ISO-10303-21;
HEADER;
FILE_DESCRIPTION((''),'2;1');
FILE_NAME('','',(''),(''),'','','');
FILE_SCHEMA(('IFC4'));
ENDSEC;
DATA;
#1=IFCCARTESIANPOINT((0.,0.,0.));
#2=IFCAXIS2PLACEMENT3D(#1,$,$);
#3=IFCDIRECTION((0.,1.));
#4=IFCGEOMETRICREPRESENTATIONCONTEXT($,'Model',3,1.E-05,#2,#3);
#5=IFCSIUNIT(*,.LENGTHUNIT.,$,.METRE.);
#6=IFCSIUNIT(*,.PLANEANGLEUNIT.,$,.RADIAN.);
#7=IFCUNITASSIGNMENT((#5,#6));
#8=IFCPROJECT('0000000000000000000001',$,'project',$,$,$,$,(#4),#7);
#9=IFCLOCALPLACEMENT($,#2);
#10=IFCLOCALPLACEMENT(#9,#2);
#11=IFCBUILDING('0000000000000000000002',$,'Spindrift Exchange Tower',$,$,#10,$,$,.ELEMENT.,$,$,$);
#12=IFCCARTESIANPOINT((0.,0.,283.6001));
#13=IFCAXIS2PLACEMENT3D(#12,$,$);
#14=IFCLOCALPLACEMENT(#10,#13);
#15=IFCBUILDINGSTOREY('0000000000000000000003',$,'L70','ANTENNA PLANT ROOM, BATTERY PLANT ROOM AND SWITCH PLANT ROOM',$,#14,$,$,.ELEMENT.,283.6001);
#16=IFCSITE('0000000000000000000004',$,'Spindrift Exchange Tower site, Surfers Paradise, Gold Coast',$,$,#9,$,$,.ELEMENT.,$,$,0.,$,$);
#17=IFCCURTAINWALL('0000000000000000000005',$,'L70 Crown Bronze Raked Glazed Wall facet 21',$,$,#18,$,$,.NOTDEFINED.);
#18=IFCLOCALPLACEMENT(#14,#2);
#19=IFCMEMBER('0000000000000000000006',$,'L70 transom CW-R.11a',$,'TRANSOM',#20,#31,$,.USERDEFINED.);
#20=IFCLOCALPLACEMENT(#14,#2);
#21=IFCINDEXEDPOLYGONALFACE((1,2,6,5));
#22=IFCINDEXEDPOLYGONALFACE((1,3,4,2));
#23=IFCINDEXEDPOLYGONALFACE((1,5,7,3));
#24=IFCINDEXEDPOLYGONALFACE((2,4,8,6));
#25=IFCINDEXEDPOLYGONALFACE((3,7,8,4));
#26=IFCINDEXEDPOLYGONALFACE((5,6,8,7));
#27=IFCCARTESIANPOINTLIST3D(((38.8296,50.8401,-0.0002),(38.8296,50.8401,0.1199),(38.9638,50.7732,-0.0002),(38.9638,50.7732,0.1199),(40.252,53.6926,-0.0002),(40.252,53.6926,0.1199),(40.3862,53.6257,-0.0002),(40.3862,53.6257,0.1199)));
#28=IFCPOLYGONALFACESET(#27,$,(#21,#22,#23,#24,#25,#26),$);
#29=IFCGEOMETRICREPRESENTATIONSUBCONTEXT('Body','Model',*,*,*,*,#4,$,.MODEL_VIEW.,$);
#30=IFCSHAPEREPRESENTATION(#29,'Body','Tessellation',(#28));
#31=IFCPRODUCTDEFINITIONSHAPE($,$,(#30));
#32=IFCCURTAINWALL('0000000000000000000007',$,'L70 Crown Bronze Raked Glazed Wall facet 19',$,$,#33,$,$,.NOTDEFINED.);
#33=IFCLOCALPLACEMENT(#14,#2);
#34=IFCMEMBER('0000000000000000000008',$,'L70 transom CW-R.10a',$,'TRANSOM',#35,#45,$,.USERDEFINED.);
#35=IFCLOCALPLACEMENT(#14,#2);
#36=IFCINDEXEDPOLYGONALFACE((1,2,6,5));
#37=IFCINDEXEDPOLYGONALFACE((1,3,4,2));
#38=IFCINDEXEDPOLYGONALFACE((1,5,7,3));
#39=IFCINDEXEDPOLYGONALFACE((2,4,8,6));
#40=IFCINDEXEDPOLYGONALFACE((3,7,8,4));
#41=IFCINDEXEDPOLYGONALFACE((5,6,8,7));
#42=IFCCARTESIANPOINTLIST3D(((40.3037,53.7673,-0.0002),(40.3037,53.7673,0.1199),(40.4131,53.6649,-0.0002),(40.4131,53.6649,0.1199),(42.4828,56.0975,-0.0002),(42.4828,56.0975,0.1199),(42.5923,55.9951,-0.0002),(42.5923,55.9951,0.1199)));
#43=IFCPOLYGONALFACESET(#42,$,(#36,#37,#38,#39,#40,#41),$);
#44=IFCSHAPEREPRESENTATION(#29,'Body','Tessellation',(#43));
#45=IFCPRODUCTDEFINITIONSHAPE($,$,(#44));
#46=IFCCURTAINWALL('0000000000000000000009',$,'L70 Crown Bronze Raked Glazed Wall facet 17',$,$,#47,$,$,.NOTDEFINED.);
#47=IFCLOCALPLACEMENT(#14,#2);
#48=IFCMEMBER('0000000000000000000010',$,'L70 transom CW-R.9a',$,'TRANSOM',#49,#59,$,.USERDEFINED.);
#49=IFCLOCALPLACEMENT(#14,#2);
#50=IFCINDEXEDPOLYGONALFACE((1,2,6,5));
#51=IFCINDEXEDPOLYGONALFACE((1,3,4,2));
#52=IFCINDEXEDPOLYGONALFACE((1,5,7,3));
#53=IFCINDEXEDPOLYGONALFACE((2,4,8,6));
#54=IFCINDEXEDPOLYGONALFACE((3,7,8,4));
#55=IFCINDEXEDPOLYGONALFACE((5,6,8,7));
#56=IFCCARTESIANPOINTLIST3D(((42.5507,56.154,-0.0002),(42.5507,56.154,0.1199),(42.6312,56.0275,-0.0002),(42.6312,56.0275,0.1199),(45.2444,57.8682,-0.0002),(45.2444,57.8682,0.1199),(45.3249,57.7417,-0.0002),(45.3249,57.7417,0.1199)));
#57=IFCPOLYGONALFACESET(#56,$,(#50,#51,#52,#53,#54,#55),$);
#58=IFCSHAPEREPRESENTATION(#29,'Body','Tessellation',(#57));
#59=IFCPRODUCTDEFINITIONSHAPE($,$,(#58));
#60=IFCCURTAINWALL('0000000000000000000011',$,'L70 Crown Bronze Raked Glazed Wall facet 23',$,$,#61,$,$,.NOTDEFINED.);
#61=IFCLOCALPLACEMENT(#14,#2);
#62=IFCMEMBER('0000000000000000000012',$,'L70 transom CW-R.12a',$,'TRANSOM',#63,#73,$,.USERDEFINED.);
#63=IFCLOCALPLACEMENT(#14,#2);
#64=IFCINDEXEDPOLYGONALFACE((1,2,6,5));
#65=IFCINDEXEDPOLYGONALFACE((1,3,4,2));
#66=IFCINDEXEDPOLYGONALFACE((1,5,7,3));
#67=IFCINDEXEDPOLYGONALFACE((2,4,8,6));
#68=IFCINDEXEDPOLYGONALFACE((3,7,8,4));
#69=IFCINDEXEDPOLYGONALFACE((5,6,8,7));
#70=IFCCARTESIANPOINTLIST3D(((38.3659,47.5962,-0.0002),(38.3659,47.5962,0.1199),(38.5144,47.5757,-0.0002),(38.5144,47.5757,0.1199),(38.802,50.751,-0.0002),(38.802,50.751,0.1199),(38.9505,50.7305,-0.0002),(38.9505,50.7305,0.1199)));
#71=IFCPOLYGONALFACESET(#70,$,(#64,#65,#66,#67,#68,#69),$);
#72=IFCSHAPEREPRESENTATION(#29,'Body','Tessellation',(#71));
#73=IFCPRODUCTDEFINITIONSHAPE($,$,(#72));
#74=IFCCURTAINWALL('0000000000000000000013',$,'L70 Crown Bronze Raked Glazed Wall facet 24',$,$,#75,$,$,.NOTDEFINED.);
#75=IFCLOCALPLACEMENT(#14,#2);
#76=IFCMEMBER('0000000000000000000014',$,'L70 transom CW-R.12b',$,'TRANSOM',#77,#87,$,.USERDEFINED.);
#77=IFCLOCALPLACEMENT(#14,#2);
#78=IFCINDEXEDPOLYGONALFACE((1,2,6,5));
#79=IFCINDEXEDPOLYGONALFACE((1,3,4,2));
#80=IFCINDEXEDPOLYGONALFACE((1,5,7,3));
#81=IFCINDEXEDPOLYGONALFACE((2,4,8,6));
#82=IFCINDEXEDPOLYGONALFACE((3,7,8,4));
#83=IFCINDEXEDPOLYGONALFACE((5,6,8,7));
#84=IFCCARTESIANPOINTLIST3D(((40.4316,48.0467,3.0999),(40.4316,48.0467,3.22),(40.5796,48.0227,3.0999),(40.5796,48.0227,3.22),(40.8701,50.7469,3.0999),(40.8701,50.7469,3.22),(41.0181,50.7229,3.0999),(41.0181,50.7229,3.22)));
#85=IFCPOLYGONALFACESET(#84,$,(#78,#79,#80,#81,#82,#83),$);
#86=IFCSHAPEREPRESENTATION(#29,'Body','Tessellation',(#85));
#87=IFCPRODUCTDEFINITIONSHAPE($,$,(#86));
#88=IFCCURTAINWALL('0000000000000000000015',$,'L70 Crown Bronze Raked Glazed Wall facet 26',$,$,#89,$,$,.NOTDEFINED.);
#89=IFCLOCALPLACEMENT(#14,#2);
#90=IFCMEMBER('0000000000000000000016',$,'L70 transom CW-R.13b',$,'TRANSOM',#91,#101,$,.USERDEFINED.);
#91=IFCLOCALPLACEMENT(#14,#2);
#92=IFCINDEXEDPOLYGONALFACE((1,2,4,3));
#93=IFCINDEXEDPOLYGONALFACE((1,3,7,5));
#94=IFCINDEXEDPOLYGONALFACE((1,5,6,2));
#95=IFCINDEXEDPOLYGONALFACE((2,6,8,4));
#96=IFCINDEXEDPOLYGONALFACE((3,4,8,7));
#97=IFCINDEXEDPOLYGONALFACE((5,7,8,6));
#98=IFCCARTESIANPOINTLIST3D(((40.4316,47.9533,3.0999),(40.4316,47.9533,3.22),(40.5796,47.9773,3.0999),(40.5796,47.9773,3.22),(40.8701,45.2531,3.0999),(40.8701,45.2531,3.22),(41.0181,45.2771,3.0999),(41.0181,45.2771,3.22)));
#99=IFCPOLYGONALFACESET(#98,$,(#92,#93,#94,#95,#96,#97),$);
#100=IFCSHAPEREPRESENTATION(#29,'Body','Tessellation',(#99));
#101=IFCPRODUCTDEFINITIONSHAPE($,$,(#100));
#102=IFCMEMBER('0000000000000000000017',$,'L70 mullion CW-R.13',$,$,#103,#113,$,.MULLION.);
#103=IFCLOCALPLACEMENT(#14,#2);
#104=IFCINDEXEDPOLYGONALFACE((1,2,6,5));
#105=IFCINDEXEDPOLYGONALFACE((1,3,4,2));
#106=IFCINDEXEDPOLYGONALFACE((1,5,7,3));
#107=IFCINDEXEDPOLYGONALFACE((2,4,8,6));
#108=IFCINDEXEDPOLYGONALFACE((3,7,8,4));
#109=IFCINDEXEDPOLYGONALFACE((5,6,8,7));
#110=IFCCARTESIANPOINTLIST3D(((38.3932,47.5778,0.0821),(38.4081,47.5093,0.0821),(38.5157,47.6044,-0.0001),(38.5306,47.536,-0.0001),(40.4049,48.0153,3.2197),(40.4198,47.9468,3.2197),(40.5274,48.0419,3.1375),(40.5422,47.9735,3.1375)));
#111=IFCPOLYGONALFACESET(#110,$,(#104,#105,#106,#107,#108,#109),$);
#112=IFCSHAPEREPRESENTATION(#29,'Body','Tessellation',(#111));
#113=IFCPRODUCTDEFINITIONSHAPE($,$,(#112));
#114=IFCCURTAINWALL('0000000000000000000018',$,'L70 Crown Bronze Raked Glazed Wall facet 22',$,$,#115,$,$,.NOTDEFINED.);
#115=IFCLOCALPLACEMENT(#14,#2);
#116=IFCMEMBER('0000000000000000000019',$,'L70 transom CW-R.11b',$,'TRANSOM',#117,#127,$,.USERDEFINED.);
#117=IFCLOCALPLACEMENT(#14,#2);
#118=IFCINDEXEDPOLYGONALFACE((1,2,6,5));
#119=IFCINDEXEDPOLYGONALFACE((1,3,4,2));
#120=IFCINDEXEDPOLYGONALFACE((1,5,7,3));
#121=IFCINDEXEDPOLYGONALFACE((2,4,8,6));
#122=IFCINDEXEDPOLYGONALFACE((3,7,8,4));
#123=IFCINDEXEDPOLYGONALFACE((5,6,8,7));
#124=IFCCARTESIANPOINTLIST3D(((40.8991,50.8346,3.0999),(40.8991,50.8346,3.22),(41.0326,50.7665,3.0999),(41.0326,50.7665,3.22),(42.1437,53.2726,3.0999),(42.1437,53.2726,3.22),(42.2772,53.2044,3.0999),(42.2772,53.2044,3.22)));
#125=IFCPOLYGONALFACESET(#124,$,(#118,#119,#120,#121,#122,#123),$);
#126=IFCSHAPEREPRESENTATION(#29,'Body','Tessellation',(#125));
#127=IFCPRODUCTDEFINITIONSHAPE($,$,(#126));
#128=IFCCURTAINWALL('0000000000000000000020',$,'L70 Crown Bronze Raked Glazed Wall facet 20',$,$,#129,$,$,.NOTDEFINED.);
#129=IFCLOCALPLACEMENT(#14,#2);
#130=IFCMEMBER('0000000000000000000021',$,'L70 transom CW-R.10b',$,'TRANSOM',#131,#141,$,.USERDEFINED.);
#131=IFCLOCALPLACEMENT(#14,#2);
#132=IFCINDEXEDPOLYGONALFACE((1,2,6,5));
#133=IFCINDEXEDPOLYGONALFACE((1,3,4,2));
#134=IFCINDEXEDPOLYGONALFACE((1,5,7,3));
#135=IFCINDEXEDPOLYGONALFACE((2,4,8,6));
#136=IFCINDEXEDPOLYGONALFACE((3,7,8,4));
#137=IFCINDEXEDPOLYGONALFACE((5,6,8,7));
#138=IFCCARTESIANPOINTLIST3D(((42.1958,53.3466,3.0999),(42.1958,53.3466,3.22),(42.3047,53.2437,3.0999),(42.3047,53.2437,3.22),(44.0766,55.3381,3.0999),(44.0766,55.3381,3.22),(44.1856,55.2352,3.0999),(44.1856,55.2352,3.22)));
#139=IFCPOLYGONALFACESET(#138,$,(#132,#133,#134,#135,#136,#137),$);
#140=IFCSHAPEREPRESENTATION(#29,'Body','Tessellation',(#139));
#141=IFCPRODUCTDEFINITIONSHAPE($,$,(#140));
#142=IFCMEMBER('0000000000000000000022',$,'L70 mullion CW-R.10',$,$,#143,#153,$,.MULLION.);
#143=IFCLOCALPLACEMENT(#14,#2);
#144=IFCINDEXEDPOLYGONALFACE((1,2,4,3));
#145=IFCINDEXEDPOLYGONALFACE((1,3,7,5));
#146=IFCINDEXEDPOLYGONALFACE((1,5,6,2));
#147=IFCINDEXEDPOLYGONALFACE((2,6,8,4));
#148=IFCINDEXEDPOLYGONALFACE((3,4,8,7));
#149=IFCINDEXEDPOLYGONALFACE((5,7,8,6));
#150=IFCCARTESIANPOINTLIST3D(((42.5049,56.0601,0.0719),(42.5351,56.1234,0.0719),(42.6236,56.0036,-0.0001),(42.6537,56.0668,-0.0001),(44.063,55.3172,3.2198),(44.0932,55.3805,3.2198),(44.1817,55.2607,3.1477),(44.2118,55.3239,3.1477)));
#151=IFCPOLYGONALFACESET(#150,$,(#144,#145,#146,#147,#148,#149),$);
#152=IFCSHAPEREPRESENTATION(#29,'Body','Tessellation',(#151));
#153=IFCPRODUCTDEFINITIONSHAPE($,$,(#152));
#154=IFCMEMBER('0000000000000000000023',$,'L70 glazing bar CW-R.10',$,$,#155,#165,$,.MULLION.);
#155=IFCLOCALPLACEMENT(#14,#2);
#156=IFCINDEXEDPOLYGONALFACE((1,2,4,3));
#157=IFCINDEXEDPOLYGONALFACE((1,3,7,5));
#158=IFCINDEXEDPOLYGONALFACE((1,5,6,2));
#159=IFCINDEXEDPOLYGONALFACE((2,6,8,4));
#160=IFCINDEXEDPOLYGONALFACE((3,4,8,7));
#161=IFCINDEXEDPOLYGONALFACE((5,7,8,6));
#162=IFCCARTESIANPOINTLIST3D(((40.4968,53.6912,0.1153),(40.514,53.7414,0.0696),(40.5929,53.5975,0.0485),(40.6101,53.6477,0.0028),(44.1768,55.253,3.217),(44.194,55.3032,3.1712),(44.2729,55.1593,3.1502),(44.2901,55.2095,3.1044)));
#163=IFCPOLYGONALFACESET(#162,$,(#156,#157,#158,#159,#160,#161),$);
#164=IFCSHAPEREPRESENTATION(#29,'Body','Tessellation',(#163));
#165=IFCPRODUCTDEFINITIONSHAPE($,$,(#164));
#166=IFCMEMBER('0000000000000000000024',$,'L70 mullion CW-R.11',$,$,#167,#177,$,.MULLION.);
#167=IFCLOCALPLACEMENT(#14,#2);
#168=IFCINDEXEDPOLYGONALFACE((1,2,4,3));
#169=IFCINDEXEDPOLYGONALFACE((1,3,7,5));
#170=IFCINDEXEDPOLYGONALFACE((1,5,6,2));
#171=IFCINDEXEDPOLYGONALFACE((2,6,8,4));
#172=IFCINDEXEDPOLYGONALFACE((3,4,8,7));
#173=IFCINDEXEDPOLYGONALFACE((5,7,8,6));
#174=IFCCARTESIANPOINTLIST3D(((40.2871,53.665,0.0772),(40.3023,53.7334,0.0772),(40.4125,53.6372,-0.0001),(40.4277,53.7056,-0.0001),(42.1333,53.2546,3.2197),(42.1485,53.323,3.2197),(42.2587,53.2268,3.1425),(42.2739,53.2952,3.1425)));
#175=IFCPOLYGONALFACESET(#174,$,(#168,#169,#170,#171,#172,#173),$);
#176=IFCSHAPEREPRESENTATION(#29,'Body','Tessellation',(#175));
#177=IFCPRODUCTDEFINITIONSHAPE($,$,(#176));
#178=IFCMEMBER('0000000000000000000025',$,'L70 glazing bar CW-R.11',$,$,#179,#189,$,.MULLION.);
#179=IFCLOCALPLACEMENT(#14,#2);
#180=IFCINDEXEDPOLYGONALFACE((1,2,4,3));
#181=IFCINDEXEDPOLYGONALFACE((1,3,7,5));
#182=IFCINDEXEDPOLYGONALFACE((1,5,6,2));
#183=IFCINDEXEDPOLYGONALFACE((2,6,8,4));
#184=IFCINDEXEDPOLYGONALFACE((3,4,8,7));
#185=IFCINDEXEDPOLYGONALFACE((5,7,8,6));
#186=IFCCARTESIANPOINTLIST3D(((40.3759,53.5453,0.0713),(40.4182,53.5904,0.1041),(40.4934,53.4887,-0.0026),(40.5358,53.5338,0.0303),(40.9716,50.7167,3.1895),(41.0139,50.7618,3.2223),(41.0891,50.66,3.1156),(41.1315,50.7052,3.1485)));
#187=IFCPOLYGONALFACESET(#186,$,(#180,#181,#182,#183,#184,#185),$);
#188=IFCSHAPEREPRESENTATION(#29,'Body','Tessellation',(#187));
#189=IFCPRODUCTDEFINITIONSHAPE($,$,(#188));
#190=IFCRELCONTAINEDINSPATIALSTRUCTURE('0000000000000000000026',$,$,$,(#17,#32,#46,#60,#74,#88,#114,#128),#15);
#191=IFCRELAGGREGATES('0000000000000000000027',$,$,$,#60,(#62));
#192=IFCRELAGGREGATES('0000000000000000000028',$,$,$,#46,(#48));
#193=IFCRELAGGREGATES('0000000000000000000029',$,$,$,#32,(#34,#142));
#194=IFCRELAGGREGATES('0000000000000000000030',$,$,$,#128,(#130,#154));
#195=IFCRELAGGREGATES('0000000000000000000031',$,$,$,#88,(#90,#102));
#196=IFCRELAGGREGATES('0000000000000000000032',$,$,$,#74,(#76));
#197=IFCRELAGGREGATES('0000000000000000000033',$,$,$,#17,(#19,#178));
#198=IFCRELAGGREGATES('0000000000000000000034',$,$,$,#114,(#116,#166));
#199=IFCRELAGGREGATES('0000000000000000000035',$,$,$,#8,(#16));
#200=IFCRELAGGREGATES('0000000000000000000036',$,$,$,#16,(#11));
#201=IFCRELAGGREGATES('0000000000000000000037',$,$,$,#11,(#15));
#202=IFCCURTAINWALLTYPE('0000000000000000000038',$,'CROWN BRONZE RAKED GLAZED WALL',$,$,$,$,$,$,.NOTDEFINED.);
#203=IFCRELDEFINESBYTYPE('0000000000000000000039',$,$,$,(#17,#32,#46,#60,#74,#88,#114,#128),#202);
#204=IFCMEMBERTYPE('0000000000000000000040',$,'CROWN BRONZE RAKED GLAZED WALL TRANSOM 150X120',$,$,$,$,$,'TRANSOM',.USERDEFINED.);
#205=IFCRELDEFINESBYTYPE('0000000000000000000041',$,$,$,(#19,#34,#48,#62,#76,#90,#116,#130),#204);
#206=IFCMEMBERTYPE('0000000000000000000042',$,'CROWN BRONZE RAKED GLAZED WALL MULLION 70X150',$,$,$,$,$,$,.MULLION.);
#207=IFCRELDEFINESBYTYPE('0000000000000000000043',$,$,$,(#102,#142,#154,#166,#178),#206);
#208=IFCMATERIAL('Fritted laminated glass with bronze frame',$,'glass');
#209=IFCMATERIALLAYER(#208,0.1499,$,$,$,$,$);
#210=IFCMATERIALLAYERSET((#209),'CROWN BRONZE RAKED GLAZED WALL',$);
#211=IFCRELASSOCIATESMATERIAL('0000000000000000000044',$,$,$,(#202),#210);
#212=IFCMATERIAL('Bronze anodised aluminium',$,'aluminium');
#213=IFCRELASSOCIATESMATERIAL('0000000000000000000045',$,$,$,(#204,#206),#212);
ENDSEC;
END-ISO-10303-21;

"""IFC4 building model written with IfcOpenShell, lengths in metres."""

from ifc_helpers import new_model, si_unit, direction, frame, origin, origin_2d, place, context, subcontext, project, spatial, rectangle, extrude, source, transform, mapped, material, layer, layer_set, material_profile, profile_set, type_object, element, aggregate, save


model = new_model("IFC4")

# Units and contexts
model_context = context("Model", 3, precision=1e-05, world=origin(), true_north=direction((0.0, 1.0)))
body_context = subcontext(model_context, "Body", "Model", "MODEL_VIEW")
ifc_project = project(units=[si_unit("LENGTHUNIT", "METRE"), si_unit("PLANEANGLEUNIT", "RADIAN")], contexts=[model_context])

# Site, building, storey
site_placement = place(None, origin())
site = spatial("IfcSite", under=ifc_project, at=site_placement, Name="Spindrift Exchange Tower site, Surfers Paradise, Gold Coast", CompositionType="ELEMENT", RefElevation=0.0)
building_placement = place(site_placement, origin())
building = spatial("IfcBuilding", under=site, at=building_placement, Name="Spindrift Exchange Tower", CompositionType="ELEMENT")
storey_placement = place(building_placement, frame((0.0, 0.0, 283.6001)))
storey = spatial("IfcBuildingStorey", under=building, at=storey_placement, Name="L70", Description="ANTENNA PLANT ROOM, BATTERY PLANT ROOM AND SWITCH PLANT ROOM", CompositionType="ELEMENT", Elevation=283.6001)

# Curtain walls, members
ifc_material_1 = material(Name="Fritted laminated glass with bronze frame", Category="glass")
ifc_layer_1 = layer(ifc_material_1, 0.1499)
ifc_layer_set_1 = layer_set([ifc_layer_1], Name="CROWN BRONZE RAKED GLAZED WALL")
curtain_wall_type = type_object("IfcCurtainWallType", Name="CROWN BRONZE RAKED GLAZED WALL", PredefinedType="NOTDEFINED", material=ifc_layer_set_1)
curtain_wall_1_placement = place(storey_placement, origin())
curtain_wall_1 = element("IfcCurtainWall", 1, at=curtain_wall_1_placement, inside=storey, type_object=curtain_wall_type, Name="L70 Crown Bronze Raked Glazed Wall facet 21", PredefinedType="NOTDEFINED")
ifc_material_2 = material(Name="Bronze anodised aluminium", Category="aluminium")
ifc_material_profile_1 = material_profile(ifc_material_2, rectangle(XDim=0.1499, YDim=0.1201, at=origin_2d()), Name="CROWN BRONZE RAKED GLAZED WALL TRANSOM 150X120")
ifc_profile_set_1 = profile_set([ifc_material_profile_1], Name="Bronze anodised aluminium")
member_type_1 = type_object("IfcMemberType", Name="CROWN BRONZE RAKED GLAZED WALL TRANSOM 150X120", ElementType="TRANSOM", PredefinedType="USERDEFINED", material=ifc_profile_set_1)
shared_shape_1 = source(origin(), body_context, "Body", "SweptSolid", [
    extrude(rectangle(XDim=0.1499, YDim=0.1201, at=origin_2d()), origin(), (0.0, 0.0, 1.0), 3.1875),
])
member_1_placement = place(storey_placement, frame((40.3191, 53.6592, 0.0598), z_axis=(-0.446233, -0.894917, 0.0), x_axis=(0.894917, -0.446233, 0.0)))
member_1 = element("IfcMember", 2, at=member_1_placement, type_object=member_type_1, Name="L70 transom CW-R.11a", ObjectType="TRANSOM", PredefinedType="USERDEFINED", context=body_context, shape_type="MappedRepresentation", body=[
    mapped(shared_shape_1, transform((0.0, 0.0, 0.0), scale=1.0)),
])
curtain_wall_2_placement = place(storey_placement, origin())
curtain_wall_2 = element("IfcCurtainWall", 3, at=curtain_wall_2_placement, inside=storey, type_object=curtain_wall_type, Name="L70 Crown Bronze Raked Glazed Wall facet 19", PredefinedType="NOTDEFINED")
shared_shape_2 = source(origin(), body_context, "Body", "SweptSolid", [
    extrude(rectangle(XDim=0.1499, YDim=0.1201, at=origin_2d()), origin(), (0.0, 0.0, 1.0), 3.1904),
])
member_2_placement = place(storey_placement, frame((40.3584, 53.7161, 0.0598), z_axis=(0.683027, 0.730393, 0.0), x_axis=(-0.730393, 0.683027, 0.0)))
member_2 = element("IfcMember", 4, at=member_2_placement, type_object=member_type_1, Name="L70 transom CW-R.10a", ObjectType="TRANSOM", PredefinedType="USERDEFINED", context=body_context, shape_type="MappedRepresentation", body=[
    mapped(shared_shape_2, transform((0.0, 0.0, 0.0), scale=1.0)),
])
curtain_wall_3_placement = place(storey_placement, origin())
curtain_wall_3 = element("IfcCurtainWall", 5, at=curtain_wall_3_placement, inside=storey, type_object=curtain_wall_type, Name="L70 Crown Bronze Raked Glazed Wall facet 17", PredefinedType="NOTDEFINED")
shared_shape_3 = source(origin(), body_context, "Body", "SweptSolid", [
    extrude(rectangle(XDim=0.1499, YDim=0.1201, at=origin_2d()), origin(), (0.0, 0.0, 1.0), 3.1929),
])
member_3_placement = place(storey_placement, frame((45.2847, 57.8049, 0.0598), z_axis=(-0.843661, -0.536875, 0.0), x_axis=(0.536875, -0.843661, 0.0)))
member_3 = element("IfcMember", 6, at=member_3_placement, type_object=member_type_1, Name="L70 transom CW-R.9a", ObjectType="TRANSOM", PredefinedType="USERDEFINED", context=body_context, shape_type="MappedRepresentation", body=[
    mapped(shared_shape_3, transform((0.0, 0.0, 0.0), scale=1.0)),
])
curtain_wall_4_placement = place(storey_placement, origin())
curtain_wall_4 = element("IfcCurtainWall", 7, at=curtain_wall_4_placement, inside=storey, type_object=curtain_wall_type, Name="L70 Crown Bronze Raked Glazed Wall facet 23", PredefinedType="NOTDEFINED")
shared_shape_4 = source(origin(), body_context, "Body", "SweptSolid", [
    extrude(rectangle(XDim=0.1499, YDim=0.1201, at=origin_2d()), origin(), (0.0, 0.0, 1.0), 3.1848),
])
member_4_placement = place(storey_placement, frame((38.4402, 47.5859, 0.0598), z_axis=(0.136912, 0.990583, 0.0), x_axis=(-0.990583, 0.136912, 0.0)))
member_4 = element("IfcMember", 8, at=member_4_placement, type_object=member_type_1, Name="L70 transom CW-R.12a", ObjectType="TRANSOM", PredefinedType="USERDEFINED", context=body_context, shape_type="MappedRepresentation", body=[
    mapped(shared_shape_4, transform((0.0, 0.0, 0.0), scale=1.0)),
])
curtain_wall_5_placement = place(storey_placement, origin())
curtain_wall_5 = element("IfcCurtainWall", 9, at=curtain_wall_5_placement, inside=storey, type_object=curtain_wall_type, Name="L70 Crown Bronze Raked Glazed Wall facet 24", PredefinedType="NOTDEFINED")
shared_shape_5 = source(origin(), body_context, "Body", "SweptSolid", [
    extrude(rectangle(XDim=0.1499, YDim=0.1201, at=origin_2d()), origin(), (0.0, 0.0, 1.0), 2.7356),
])
member_5_placement = place(storey_placement, frame((40.5056, 48.0347, 3.1599), z_axis=(0.160287, 0.98707, 0.0), x_axis=(-0.98707, 0.160287, 0.0)))
member_5 = element("IfcMember", 10, at=member_5_placement, type_object=member_type_1, Name="L70 transom CW-R.12b", ObjectType="TRANSOM", PredefinedType="USERDEFINED", context=body_context, shape_type="MappedRepresentation", body=[
    mapped(shared_shape_5, transform((0.0, 0.0, 0.0), scale=1.0)),
])

# Curtain wall, members
curtain_wall_6_placement = place(storey_placement, origin())
curtain_wall_6 = element("IfcCurtainWall", 11, at=curtain_wall_6_placement, inside=storey, type_object=curtain_wall_type, Name="L70 Crown Bronze Raked Glazed Wall facet 26", PredefinedType="NOTDEFINED")
member_6_placement = place(storey_placement, frame((40.5056, 47.9653, 3.1599), z_axis=(0.160287, -0.98707, 0.0), x_axis=(0.98707, 0.160287, 0.0)))
member_6 = element("IfcMember", 12, at=member_6_placement, type_object=member_type_1, Name="L70 transom CW-R.13b", ObjectType="TRANSOM", PredefinedType="USERDEFINED", context=body_context, shape_type="MappedRepresentation", body=[
    mapped(shared_shape_5, transform((0.0, 0.0, 0.0), scale=1.0)),
])
ifc_material_profile_2 = material_profile(ifc_material_2, rectangle(XDim=0.0701, YDim=0.1499, at=origin_2d()), Name="CROWN BRONZE RAKED GLAZED WALL MULLION 70X150")
ifc_profile_set_2 = profile_set([ifc_material_profile_2], Name="Bronze anodised aluminium")
member_type_2 = type_object("IfcMemberType", Name="CROWN BRONZE RAKED GLAZED WALL MULLION 70X150", PredefinedType="MULLION", material=ifc_profile_set_2)
shared_shape_6 = source(origin(), body_context, "Body", "SweptSolid", [
    extrude(rectangle(XDim=0.0701, YDim=0.1499, at=origin_2d()), origin(), (0.0, 0.0, 1.0), 3.7527),
])
member_7_placement = place(storey_placement, frame((38.4619, 47.5569, 0.041), z_axis=(0.536057, 0.116579, 0.836093), x_axis=(-0.212508, 0.977159, 0.0)))
member_7 = element("IfcMember", 13, at=member_7_placement, type_object=member_type_2, Name="L70 mullion CW-R.13", PredefinedType="MULLION", context=body_context, shape_type="MappedRepresentation", body=[
    mapped(shared_shape_6, transform((0.0, 0.0, 0.0), scale=1.0)),
])

# Curtain walls, members
curtain_wall_7_placement = place(storey_placement, origin())
curtain_wall_7 = element("IfcCurtainWall", 14, at=curtain_wall_7_placement, inside=storey, type_object=curtain_wall_type, Name="L70 Crown Bronze Raked Glazed Wall facet 22", PredefinedType="NOTDEFINED")
shared_shape_7 = source(origin(), body_context, "Body", "SweptSolid", [
    extrude(rectangle(XDim=0.1499, YDim=0.1201, at=origin_2d()), origin(), (0.0, 0.0, 1.0), 2.7373),
])
member_8_placement = place(storey_placement, frame((42.2104, 53.2385, 3.1599), z_axis=(-0.45469, -0.89065, 0.0), x_axis=(0.89065, -0.45469, 0.0)))
member_8 = element("IfcMember", 15, at=member_8_placement, type_object=member_type_1, Name="L70 transom CW-R.11b", ObjectType="TRANSOM", PredefinedType="USERDEFINED", context=body_context, shape_type="MappedRepresentation", body=[
    mapped(shared_shape_7, transform((0.0, 0.0, 0.0), scale=1.0)),
])
curtain_wall_8_placement = place(storey_placement, origin())
curtain_wall_8 = element("IfcCurtainWall", 16, at=curtain_wall_8_placement, inside=storey, type_object=curtain_wall_type, Name="L70 Crown Bronze Raked Glazed Wall facet 20", PredefinedType="NOTDEFINED")
shared_shape_8 = source(origin(), body_context, "Body", "SweptSolid", [
    extrude(rectangle(XDim=0.1499, YDim=0.1201, at=origin_2d()), origin(), (0.0, 0.0, 1.0), 2.7393),
])
member_9_placement = place(storey_placement, frame((42.2502, 53.2952, 3.1599), z_axis=(0.686631, 0.727006, 0.0), x_axis=(-0.727006, 0.686631, 0.0)))
member_9 = element("IfcMember", 17, at=member_9_placement, type_object=member_type_1, Name="L70 transom CW-R.10b", ObjectType="TRANSOM", PredefinedType="USERDEFINED", context=body_context, shape_type="MappedRepresentation", body=[
    mapped(shared_shape_8, transform((0.0, 0.0, 0.0), scale=1.0)),
])

# Members
shared_shape_9 = source(origin(), body_context, "Body", "SweptSolid", [
    extrude(rectangle(XDim=0.0701, YDim=0.1499, at=origin_2d()), origin(), (0.0, 0.0, 1.0), 3.5901),
])
member_10_placement = place(storey_placement, frame((42.5793, 56.0635, 0.0359), z_axis=(0.433994, -0.206933, 0.876828), x_axis=(0.430389, 0.902643, 0.0)))
member_10 = element("IfcMember", 18, at=member_10_placement, type_object=member_type_2, Name="L70 mullion CW-R.10", PredefinedType="MULLION", context=body_context, shape_type="MappedRepresentation", body=[
    mapped(shared_shape_9, transform((0.0, 0.0, 0.0), scale=1.0)),
])
shared_shape_10 = source(origin(), body_context, "Body", "SweptSolid", [
    extrude(rectangle(XDim=0.0701, YDim=0.1499, at=origin_2d()), origin(), (0.0, 0.0, 1.0), 5.0598),
])
member_11_placement = place(storey_placement, frame((40.5535, 53.6694, 0.0591), z_axis=(0.7273, 0.308667, 0.612992), x_axis=(0.245625, 0.716935, -0.652436)))
member_11 = element("IfcMember", 19, at=member_11_placement, type_object=member_type_2, Name="L70 glazing bar CW-R.10", PredefinedType="MULLION", context=body_context, shape_type="MappedRepresentation", body=[
    mapped(shared_shape_10, transform((0.0, 0.0, 0.0), scale=1.0)),
])
shared_shape_11 = source(origin(), body_context, "Body", "SweptSolid", [
    extrude(rectangle(XDim=0.0701, YDim=0.1499, at=origin_2d()), origin(), (0.0, 0.0, 1.0), 3.6677),
])
member_12_placement = place(storey_placement, frame((40.3574, 53.6853, 0.0386), z_axis=(0.503353, -0.111893, 0.856805), x_axis=(0.216999, 0.976172, 0.0)))
member_12 = element("IfcMember", 20, at=member_12_placement, type_object=member_type_2, Name="L70 mullion CW-R.11", PredefinedType="MULLION", context=body_context, shape_type="MappedRepresentation", body=[
    mapped(shared_shape_11, transform((0.0, 0.0, 0.0), scale=1.0)),
])
shared_shape_12 = source(origin(), body_context, "Body", "SweptSolid", [
    extrude(rectangle(XDim=0.0701, YDim=0.1499, at=origin_2d()), origin(), (0.0, 0.0, 1.0), 4.252),
])
member_13_placement = place(storey_placement, frame((40.4558, 53.5396, 0.0508), z_axis=(0.140102, -0.665255, 0.733354), x_axis=(0.604668, 0.64399, 0.468672)))
member_13 = element("IfcMember", 21, at=member_13_placement, type_object=member_type_2, Name="L70 glazing bar CW-R.11", PredefinedType="MULLION", context=body_context, shape_type="MappedRepresentation", body=[
    mapped(shared_shape_12, transform((0.0, 0.0, 0.0), scale=1.0)),
])
aggregate(curtain_wall_4, [member_4])

aggregate(curtain_wall_3, [member_3])
aggregate(curtain_wall_2, [member_2, member_10])
aggregate(curtain_wall_8, [member_9, member_11])

aggregate(curtain_wall_6, [member_6, member_7])

aggregate(curtain_wall_5, [member_5])
aggregate(curtain_wall_1, [member_1, member_13])
aggregate(curtain_wall_7, [member_8, member_12])

save(model, "model.ifc")
